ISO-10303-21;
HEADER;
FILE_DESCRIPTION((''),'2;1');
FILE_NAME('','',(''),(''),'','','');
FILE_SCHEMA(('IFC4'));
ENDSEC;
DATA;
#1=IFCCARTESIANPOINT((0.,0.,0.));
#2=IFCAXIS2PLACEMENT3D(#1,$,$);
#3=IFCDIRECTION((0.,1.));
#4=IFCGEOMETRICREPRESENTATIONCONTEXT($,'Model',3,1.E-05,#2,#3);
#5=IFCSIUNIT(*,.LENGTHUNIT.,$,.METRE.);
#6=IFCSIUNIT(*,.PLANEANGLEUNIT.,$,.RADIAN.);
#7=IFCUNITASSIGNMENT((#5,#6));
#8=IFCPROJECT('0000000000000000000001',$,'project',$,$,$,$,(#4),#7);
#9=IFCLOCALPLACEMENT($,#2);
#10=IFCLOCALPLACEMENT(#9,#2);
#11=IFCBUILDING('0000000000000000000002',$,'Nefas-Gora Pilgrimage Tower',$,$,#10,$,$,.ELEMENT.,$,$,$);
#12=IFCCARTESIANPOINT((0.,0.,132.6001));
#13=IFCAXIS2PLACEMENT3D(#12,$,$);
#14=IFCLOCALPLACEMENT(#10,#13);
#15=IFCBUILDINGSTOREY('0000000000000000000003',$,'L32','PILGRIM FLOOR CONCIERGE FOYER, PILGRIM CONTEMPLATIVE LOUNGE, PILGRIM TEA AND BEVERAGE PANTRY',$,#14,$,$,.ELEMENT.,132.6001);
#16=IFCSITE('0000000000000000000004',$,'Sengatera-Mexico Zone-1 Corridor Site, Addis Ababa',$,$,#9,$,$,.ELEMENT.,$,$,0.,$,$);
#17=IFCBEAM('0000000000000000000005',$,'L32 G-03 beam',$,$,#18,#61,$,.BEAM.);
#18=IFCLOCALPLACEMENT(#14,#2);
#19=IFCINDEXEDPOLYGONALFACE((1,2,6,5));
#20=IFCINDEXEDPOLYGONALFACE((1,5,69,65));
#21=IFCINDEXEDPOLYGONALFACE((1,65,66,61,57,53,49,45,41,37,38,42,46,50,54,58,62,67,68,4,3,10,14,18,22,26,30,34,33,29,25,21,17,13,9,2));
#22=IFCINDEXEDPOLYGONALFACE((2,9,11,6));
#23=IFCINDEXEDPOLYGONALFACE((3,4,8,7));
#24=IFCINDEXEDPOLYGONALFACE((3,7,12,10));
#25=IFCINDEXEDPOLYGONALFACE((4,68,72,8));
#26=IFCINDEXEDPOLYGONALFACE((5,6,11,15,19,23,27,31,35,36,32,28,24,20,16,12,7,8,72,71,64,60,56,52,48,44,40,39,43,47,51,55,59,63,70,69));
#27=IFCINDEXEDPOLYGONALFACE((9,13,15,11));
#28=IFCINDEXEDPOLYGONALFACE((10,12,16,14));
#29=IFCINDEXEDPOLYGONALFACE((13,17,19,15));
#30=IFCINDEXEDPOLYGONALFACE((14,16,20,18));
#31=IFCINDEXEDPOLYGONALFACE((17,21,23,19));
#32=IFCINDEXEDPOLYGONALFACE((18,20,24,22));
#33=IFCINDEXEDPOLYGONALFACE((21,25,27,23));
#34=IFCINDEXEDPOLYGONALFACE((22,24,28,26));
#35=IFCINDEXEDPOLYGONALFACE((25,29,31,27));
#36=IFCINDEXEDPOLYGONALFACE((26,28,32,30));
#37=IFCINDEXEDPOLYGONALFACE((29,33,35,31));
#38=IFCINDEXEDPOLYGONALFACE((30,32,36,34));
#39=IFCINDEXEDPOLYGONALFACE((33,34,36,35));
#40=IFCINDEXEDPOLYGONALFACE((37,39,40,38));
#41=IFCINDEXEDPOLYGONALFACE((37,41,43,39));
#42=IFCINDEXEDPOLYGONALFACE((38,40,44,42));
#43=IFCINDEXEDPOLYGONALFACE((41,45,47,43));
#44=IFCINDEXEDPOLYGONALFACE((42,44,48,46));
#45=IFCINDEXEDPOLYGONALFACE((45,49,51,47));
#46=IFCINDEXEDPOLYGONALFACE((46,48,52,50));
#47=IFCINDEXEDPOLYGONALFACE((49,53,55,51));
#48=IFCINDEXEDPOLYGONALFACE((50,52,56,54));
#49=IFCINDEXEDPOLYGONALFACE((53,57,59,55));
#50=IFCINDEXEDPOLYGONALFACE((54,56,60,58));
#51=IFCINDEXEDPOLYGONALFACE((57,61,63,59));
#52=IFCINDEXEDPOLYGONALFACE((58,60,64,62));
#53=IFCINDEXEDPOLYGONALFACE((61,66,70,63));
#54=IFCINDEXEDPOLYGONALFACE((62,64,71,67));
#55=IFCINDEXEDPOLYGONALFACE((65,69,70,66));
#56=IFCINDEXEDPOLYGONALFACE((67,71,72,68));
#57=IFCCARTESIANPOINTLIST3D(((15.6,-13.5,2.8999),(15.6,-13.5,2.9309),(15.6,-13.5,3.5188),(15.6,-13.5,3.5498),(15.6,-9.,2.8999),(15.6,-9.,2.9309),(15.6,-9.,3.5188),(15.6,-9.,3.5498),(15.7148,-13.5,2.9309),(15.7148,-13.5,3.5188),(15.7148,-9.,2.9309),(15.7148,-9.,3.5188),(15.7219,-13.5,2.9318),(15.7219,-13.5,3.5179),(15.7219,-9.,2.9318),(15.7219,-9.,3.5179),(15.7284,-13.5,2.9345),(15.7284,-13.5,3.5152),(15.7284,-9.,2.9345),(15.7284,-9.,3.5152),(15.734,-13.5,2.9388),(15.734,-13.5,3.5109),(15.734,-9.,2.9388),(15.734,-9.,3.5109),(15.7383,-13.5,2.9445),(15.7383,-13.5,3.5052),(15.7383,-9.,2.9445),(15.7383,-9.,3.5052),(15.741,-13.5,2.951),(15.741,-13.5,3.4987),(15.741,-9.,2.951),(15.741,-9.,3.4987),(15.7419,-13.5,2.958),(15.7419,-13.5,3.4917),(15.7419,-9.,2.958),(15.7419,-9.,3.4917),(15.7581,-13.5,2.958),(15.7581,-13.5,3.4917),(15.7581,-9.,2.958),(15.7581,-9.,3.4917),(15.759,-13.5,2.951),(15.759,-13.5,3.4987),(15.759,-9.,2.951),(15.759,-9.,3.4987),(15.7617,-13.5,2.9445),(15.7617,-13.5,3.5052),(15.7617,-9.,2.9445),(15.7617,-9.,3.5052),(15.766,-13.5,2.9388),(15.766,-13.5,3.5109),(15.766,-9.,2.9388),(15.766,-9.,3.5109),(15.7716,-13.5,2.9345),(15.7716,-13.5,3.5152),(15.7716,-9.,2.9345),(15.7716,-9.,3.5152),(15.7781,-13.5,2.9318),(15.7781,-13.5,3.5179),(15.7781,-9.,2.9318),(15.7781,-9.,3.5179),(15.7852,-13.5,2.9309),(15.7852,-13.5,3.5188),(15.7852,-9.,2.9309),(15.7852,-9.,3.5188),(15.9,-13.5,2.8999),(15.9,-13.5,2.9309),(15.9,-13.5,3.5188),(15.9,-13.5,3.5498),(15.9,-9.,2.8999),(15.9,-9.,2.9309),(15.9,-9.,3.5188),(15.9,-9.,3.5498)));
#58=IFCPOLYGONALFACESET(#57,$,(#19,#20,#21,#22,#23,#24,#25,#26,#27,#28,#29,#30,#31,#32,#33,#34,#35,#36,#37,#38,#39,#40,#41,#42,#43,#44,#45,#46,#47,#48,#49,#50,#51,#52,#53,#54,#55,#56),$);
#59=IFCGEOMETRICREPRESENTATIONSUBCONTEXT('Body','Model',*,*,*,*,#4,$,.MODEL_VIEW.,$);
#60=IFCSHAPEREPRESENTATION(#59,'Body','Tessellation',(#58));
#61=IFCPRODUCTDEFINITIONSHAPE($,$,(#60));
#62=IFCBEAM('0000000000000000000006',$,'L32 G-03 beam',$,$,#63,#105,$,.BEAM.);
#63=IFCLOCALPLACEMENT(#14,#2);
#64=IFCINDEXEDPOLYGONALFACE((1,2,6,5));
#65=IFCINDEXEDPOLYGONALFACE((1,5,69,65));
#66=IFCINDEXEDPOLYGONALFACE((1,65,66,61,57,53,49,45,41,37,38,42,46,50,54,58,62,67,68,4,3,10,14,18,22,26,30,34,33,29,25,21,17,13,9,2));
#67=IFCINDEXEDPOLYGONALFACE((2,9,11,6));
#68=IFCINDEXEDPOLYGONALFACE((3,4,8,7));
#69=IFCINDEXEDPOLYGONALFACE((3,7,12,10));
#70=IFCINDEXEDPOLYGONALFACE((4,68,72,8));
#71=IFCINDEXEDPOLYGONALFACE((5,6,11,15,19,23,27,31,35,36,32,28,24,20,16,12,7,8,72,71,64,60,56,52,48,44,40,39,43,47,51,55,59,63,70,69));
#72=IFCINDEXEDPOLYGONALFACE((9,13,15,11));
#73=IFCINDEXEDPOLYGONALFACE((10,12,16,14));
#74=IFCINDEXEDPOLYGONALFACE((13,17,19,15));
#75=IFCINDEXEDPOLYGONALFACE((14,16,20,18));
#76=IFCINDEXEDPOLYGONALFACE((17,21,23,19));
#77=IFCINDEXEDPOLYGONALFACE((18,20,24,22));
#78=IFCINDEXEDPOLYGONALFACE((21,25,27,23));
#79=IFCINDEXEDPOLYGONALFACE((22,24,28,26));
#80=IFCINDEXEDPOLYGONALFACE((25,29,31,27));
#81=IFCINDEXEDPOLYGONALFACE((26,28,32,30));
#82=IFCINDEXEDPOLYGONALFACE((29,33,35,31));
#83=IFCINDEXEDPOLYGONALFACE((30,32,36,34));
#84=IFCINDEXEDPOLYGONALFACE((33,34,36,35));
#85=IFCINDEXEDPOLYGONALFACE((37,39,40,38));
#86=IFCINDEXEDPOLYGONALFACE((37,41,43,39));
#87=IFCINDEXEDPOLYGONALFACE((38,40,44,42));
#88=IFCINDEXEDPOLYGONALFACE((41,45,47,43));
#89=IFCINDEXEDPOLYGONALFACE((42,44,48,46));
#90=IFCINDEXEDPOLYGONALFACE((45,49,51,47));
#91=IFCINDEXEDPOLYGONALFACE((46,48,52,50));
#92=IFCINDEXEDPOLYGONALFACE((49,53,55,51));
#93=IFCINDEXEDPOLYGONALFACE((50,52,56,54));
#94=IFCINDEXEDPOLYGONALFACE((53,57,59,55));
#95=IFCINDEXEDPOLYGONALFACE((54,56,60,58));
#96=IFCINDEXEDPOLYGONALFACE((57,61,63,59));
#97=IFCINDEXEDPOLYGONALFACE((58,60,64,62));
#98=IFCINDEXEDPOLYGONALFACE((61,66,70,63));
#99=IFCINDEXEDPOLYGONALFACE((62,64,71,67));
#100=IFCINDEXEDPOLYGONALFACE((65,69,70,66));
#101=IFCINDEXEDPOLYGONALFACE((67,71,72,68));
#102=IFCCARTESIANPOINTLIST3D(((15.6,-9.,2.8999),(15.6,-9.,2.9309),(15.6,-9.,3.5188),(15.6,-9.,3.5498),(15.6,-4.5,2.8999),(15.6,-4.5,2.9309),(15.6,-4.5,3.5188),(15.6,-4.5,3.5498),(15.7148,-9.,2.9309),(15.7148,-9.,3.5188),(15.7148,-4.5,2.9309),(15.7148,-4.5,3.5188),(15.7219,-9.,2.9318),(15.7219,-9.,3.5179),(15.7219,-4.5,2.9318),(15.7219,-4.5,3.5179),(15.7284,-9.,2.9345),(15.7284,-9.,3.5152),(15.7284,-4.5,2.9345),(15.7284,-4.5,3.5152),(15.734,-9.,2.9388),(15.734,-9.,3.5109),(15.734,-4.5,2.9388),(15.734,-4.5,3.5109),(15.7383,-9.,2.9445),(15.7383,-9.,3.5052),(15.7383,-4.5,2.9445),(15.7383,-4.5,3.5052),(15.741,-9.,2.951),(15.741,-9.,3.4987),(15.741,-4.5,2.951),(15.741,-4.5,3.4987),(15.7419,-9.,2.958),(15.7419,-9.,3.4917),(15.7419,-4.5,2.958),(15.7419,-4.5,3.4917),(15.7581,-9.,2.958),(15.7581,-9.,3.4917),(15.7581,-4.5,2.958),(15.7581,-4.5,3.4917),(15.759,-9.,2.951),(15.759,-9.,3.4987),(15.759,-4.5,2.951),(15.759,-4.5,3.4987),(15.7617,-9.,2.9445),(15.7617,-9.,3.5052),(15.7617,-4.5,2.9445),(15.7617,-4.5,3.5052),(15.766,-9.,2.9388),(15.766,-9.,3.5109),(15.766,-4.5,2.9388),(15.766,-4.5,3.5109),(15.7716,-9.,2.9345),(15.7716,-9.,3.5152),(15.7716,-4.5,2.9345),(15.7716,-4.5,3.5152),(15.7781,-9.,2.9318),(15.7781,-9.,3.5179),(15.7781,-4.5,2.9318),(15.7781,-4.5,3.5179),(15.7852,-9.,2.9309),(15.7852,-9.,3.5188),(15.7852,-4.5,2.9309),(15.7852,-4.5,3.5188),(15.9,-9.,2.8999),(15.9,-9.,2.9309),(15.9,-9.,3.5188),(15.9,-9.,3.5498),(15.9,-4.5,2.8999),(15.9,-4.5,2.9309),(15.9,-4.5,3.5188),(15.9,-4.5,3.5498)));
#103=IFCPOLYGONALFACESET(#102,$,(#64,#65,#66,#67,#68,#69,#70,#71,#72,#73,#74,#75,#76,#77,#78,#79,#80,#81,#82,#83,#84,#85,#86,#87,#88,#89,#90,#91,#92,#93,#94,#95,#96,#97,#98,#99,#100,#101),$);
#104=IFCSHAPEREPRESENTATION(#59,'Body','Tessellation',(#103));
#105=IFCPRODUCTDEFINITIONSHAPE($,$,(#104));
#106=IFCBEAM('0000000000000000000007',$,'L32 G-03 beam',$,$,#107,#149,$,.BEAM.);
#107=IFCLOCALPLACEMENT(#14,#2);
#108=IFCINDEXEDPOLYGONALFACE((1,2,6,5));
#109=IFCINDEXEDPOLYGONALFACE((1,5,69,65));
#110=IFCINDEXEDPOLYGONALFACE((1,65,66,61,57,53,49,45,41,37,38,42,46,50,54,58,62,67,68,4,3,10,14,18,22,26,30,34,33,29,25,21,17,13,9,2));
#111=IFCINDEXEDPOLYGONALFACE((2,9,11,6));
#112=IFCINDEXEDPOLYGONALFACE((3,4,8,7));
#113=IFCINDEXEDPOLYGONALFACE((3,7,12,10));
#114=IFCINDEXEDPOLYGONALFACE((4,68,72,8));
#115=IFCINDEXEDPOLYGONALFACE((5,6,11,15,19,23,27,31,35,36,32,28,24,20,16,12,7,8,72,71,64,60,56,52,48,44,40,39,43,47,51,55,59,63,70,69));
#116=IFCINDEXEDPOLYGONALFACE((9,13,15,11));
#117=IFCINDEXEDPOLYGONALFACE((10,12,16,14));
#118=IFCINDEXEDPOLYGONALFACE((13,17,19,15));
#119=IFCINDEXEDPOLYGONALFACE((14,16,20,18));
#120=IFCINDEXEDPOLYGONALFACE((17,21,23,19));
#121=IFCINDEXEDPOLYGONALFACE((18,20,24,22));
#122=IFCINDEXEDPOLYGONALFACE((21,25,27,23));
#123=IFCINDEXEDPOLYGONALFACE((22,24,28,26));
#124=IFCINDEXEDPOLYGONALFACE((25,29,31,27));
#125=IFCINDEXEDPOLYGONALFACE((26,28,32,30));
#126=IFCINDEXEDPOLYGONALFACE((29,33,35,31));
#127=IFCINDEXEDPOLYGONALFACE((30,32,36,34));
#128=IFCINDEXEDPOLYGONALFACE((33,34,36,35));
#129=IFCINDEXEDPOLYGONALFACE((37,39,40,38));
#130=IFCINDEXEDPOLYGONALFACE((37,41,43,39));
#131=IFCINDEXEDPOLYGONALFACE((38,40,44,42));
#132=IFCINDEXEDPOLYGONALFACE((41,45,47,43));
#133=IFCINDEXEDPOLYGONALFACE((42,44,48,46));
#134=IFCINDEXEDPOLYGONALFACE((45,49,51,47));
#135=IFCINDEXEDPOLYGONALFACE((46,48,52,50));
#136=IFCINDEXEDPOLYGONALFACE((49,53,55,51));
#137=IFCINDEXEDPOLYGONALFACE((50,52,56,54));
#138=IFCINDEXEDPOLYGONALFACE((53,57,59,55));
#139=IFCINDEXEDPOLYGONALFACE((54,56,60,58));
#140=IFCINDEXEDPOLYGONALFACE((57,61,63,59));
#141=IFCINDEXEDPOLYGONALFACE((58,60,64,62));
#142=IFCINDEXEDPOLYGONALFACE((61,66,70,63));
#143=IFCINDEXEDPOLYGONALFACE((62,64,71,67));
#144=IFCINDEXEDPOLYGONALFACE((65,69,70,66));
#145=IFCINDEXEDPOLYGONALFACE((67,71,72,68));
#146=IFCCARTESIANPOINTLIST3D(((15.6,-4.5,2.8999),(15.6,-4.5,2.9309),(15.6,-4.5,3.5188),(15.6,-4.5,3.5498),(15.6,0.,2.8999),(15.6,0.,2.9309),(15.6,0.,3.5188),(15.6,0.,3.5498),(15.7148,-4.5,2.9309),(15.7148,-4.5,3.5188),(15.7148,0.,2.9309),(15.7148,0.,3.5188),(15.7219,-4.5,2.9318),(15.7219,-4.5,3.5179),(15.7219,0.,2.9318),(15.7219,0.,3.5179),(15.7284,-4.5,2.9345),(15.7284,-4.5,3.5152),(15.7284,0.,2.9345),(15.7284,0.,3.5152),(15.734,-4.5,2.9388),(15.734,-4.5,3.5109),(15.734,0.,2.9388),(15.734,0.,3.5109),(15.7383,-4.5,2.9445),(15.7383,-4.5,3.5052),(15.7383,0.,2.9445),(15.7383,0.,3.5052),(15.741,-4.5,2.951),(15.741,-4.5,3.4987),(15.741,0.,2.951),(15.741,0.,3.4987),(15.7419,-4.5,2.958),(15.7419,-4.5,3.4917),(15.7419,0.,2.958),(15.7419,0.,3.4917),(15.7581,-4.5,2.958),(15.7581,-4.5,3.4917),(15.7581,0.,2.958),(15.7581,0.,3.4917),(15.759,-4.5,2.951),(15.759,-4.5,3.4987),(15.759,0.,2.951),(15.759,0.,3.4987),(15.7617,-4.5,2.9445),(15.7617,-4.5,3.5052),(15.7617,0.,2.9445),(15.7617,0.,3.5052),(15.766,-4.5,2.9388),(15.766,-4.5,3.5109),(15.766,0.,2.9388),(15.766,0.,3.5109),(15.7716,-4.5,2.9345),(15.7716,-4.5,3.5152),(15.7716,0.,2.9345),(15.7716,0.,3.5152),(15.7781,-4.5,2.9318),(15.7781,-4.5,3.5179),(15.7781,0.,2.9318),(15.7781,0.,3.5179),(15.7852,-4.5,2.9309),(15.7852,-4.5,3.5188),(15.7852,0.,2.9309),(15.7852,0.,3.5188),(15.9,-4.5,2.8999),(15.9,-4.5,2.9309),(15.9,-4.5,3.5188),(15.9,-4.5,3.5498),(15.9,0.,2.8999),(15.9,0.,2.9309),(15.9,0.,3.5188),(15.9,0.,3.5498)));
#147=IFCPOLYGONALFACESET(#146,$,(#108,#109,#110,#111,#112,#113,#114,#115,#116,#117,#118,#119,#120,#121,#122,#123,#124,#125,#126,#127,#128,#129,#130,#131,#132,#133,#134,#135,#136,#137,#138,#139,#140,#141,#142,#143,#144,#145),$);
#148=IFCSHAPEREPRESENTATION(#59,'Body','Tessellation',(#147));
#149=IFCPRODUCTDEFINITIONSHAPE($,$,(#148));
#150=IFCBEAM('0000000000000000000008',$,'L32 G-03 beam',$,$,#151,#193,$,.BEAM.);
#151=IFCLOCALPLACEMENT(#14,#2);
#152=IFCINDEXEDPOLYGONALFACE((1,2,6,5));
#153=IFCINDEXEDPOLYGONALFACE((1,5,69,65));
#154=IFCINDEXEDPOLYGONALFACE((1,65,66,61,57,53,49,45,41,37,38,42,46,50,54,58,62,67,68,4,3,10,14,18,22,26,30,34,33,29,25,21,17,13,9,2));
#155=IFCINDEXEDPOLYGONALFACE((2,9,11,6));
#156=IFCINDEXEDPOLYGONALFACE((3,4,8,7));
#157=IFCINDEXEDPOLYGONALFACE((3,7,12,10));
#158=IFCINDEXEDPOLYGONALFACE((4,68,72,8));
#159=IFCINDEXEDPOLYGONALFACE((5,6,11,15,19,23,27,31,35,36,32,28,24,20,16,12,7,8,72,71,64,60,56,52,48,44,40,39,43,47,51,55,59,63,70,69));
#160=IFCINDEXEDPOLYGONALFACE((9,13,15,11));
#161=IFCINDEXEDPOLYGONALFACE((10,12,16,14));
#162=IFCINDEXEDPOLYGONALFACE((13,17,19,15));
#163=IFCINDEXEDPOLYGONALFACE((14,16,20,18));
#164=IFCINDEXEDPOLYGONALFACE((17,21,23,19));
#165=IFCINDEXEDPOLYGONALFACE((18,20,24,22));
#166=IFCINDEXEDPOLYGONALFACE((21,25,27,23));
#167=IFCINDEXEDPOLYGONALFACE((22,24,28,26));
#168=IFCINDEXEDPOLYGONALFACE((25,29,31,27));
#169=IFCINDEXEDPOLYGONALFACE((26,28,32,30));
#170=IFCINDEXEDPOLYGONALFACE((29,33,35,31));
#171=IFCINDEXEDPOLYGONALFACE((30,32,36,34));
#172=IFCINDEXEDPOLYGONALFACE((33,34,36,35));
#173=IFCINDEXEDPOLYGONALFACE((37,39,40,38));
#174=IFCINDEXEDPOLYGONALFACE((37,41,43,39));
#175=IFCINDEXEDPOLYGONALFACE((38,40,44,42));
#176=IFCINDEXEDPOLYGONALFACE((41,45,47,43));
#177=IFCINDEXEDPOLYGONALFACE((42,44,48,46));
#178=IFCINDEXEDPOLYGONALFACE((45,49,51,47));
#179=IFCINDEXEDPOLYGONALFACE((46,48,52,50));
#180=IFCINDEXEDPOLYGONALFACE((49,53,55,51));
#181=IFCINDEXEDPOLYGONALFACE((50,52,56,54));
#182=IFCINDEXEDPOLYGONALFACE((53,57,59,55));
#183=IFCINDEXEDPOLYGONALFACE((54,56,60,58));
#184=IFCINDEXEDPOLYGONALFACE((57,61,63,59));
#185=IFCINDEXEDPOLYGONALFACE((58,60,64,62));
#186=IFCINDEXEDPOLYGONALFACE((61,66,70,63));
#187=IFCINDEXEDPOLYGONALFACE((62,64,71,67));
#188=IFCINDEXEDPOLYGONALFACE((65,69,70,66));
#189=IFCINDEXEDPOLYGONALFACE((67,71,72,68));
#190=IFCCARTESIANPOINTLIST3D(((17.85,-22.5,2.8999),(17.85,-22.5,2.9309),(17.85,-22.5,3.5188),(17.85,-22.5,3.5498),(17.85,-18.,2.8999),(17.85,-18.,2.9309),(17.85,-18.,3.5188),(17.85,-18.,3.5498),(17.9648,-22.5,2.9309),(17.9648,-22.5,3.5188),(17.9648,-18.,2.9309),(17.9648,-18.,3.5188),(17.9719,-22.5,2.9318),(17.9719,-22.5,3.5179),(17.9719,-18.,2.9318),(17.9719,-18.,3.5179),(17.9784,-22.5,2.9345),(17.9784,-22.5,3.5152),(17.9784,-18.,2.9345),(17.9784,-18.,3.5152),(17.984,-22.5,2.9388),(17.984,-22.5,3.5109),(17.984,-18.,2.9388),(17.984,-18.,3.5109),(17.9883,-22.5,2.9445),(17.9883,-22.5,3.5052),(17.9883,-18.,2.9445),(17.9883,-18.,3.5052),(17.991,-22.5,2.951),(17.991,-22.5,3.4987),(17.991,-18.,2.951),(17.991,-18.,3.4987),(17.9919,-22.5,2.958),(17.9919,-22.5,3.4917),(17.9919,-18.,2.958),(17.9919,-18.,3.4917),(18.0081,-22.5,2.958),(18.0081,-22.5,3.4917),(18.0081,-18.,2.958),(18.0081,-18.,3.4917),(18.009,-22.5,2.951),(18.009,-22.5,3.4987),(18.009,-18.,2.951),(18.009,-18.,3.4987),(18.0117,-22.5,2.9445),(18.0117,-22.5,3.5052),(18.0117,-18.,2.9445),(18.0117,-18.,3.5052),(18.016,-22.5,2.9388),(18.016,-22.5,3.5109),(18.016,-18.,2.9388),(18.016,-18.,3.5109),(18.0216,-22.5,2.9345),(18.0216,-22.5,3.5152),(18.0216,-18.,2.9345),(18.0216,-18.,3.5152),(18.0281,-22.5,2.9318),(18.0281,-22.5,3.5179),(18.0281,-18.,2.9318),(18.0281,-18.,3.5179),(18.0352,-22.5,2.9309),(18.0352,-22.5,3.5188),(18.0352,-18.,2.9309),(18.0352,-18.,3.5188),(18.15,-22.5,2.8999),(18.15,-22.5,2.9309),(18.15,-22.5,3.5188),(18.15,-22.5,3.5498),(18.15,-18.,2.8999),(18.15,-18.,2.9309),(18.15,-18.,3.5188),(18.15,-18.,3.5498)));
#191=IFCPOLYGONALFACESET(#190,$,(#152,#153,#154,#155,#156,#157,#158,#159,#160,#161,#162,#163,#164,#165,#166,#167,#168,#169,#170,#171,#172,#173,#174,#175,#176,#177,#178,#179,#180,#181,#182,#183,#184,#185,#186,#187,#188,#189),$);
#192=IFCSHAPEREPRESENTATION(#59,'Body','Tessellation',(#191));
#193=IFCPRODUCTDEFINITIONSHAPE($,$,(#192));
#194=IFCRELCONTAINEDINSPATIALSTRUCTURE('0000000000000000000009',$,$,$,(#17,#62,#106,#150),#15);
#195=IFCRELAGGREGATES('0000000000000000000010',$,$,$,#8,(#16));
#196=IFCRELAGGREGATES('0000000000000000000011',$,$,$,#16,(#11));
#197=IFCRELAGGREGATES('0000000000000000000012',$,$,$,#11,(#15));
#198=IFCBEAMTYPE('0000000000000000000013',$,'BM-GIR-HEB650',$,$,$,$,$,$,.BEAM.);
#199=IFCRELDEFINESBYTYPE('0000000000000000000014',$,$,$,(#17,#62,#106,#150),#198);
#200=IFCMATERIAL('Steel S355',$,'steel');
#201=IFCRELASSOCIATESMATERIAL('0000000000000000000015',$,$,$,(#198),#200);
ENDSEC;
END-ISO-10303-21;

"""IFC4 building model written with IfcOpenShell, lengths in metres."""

from ifc_helpers import new_model, si_unit, direction, frame, origin, origin_2d, place, context, subcontext, project, spatial, i_section, extrude, source, transform, mapped, material, material_profile, profile_set, type_object, element, save


model = new_model("IFC4")

# Units and contexts
model_context = context("Model", 3, precision=1e-05, world=origin(), true_north=direction((0.0, 1.0)))
body_context = subcontext(model_context, "Body", "Model", "MODEL_VIEW")
ifc_project = project(units=[si_unit("LENGTHUNIT", "METRE"), si_unit("PLANEANGLEUNIT", "RADIAN")], contexts=[model_context])

# Site, building, storey
site_placement = place(None, origin())
site = spatial("IfcSite", under=ifc_project, at=site_placement, Name="Sengatera-Mexico Zone-1 Corridor Site, Addis Ababa", CompositionType="ELEMENT", RefElevation=0.0)
building_placement = place(site_placement, origin())
building = spatial("IfcBuilding", under=site, at=building_placement, Name="Nefas-Gora Pilgrimage Tower", CompositionType="ELEMENT")
storey_placement = place(building_placement, frame((0.0, 0.0, 132.6001)))
storey = spatial("IfcBuildingStorey", under=building, at=storey_placement, Name="L32", Description="PILGRIM FLOOR CONCIERGE FOYER, PILGRIM CONTEMPLATIVE LOUNGE, PILGRIM TEA AND BEVERAGE PANTRY", CompositionType="ELEMENT", Elevation=132.6001)

# Beams
ifc_material_1 = material(Name="Steel S355", Category="steel")
ifc_material_profile_1 = material_profile(ifc_material_1, i_section(OverallWidth=0.3, OverallDepth=0.6499, WebThickness=0.0161, FlangeThickness=0.031, FilletRadius=0.0271, at=origin_2d()), Name="HEB 650")
ifc_profile_set_1 = profile_set([ifc_material_profile_1], Name="Steel S355")
beam_type_1 = type_object("IfcBeamType", Name="BM-GIR-HEB650", PredefinedType="BEAM", material=ifc_profile_set_1)
shared_shape_1 = source(origin(), body_context, "Body", "SweptSolid", [
    extrude(i_section(OverallWidth=0.3, OverallDepth=0.6499, WebThickness=0.0161, FlangeThickness=0.031, FilletRadius=0.0271, at=origin_2d()), origin(), (0.0, 0.0, 1.0), 4.5),
])
for number, where, z_axis, x_axis, name in (
    (1, (15.75, -13.5, 3.2249), (0.0, 1.0, 0.0), (-1.0, 0.0, 0.0), "L32 G-03 beam"),
    (2, (15.75, -9.0, 3.2249), (0.0, 1.0, 0.0), (-1.0, 0.0, 0.0), "L32 G-03 beam"),
    (3, (15.75, -4.5, 3.2249), (0.0, 1.0, 0.0), (-1.0, 0.0, 0.0), "L32 G-03 beam"),
    (4, (18.0, -22.5, 3.2249), (0.0, 1.0, 0.0), (-1.0, 0.0, 0.0), "L32 G-03 beam"),
):
    element("IfcBeam", number, at=place(storey_placement, frame(where, z_axis=z_axis, x_axis=x_axis)), inside=storey, type_object=beam_type_1, Name=name, PredefinedType="BEAM", context=body_context, shape_type="MappedRepresentation", body=[
        mapped(shared_shape_1, transform((0.0, 0.0, 0.0), x_axis=(1.0, 0.0, 0.0), y_axis=(0.0, 1.0, 0.0), z_axis=(0.0, 0.0, 1.0), scale=1.0)),
    ])

save(model, "model.ifc")
